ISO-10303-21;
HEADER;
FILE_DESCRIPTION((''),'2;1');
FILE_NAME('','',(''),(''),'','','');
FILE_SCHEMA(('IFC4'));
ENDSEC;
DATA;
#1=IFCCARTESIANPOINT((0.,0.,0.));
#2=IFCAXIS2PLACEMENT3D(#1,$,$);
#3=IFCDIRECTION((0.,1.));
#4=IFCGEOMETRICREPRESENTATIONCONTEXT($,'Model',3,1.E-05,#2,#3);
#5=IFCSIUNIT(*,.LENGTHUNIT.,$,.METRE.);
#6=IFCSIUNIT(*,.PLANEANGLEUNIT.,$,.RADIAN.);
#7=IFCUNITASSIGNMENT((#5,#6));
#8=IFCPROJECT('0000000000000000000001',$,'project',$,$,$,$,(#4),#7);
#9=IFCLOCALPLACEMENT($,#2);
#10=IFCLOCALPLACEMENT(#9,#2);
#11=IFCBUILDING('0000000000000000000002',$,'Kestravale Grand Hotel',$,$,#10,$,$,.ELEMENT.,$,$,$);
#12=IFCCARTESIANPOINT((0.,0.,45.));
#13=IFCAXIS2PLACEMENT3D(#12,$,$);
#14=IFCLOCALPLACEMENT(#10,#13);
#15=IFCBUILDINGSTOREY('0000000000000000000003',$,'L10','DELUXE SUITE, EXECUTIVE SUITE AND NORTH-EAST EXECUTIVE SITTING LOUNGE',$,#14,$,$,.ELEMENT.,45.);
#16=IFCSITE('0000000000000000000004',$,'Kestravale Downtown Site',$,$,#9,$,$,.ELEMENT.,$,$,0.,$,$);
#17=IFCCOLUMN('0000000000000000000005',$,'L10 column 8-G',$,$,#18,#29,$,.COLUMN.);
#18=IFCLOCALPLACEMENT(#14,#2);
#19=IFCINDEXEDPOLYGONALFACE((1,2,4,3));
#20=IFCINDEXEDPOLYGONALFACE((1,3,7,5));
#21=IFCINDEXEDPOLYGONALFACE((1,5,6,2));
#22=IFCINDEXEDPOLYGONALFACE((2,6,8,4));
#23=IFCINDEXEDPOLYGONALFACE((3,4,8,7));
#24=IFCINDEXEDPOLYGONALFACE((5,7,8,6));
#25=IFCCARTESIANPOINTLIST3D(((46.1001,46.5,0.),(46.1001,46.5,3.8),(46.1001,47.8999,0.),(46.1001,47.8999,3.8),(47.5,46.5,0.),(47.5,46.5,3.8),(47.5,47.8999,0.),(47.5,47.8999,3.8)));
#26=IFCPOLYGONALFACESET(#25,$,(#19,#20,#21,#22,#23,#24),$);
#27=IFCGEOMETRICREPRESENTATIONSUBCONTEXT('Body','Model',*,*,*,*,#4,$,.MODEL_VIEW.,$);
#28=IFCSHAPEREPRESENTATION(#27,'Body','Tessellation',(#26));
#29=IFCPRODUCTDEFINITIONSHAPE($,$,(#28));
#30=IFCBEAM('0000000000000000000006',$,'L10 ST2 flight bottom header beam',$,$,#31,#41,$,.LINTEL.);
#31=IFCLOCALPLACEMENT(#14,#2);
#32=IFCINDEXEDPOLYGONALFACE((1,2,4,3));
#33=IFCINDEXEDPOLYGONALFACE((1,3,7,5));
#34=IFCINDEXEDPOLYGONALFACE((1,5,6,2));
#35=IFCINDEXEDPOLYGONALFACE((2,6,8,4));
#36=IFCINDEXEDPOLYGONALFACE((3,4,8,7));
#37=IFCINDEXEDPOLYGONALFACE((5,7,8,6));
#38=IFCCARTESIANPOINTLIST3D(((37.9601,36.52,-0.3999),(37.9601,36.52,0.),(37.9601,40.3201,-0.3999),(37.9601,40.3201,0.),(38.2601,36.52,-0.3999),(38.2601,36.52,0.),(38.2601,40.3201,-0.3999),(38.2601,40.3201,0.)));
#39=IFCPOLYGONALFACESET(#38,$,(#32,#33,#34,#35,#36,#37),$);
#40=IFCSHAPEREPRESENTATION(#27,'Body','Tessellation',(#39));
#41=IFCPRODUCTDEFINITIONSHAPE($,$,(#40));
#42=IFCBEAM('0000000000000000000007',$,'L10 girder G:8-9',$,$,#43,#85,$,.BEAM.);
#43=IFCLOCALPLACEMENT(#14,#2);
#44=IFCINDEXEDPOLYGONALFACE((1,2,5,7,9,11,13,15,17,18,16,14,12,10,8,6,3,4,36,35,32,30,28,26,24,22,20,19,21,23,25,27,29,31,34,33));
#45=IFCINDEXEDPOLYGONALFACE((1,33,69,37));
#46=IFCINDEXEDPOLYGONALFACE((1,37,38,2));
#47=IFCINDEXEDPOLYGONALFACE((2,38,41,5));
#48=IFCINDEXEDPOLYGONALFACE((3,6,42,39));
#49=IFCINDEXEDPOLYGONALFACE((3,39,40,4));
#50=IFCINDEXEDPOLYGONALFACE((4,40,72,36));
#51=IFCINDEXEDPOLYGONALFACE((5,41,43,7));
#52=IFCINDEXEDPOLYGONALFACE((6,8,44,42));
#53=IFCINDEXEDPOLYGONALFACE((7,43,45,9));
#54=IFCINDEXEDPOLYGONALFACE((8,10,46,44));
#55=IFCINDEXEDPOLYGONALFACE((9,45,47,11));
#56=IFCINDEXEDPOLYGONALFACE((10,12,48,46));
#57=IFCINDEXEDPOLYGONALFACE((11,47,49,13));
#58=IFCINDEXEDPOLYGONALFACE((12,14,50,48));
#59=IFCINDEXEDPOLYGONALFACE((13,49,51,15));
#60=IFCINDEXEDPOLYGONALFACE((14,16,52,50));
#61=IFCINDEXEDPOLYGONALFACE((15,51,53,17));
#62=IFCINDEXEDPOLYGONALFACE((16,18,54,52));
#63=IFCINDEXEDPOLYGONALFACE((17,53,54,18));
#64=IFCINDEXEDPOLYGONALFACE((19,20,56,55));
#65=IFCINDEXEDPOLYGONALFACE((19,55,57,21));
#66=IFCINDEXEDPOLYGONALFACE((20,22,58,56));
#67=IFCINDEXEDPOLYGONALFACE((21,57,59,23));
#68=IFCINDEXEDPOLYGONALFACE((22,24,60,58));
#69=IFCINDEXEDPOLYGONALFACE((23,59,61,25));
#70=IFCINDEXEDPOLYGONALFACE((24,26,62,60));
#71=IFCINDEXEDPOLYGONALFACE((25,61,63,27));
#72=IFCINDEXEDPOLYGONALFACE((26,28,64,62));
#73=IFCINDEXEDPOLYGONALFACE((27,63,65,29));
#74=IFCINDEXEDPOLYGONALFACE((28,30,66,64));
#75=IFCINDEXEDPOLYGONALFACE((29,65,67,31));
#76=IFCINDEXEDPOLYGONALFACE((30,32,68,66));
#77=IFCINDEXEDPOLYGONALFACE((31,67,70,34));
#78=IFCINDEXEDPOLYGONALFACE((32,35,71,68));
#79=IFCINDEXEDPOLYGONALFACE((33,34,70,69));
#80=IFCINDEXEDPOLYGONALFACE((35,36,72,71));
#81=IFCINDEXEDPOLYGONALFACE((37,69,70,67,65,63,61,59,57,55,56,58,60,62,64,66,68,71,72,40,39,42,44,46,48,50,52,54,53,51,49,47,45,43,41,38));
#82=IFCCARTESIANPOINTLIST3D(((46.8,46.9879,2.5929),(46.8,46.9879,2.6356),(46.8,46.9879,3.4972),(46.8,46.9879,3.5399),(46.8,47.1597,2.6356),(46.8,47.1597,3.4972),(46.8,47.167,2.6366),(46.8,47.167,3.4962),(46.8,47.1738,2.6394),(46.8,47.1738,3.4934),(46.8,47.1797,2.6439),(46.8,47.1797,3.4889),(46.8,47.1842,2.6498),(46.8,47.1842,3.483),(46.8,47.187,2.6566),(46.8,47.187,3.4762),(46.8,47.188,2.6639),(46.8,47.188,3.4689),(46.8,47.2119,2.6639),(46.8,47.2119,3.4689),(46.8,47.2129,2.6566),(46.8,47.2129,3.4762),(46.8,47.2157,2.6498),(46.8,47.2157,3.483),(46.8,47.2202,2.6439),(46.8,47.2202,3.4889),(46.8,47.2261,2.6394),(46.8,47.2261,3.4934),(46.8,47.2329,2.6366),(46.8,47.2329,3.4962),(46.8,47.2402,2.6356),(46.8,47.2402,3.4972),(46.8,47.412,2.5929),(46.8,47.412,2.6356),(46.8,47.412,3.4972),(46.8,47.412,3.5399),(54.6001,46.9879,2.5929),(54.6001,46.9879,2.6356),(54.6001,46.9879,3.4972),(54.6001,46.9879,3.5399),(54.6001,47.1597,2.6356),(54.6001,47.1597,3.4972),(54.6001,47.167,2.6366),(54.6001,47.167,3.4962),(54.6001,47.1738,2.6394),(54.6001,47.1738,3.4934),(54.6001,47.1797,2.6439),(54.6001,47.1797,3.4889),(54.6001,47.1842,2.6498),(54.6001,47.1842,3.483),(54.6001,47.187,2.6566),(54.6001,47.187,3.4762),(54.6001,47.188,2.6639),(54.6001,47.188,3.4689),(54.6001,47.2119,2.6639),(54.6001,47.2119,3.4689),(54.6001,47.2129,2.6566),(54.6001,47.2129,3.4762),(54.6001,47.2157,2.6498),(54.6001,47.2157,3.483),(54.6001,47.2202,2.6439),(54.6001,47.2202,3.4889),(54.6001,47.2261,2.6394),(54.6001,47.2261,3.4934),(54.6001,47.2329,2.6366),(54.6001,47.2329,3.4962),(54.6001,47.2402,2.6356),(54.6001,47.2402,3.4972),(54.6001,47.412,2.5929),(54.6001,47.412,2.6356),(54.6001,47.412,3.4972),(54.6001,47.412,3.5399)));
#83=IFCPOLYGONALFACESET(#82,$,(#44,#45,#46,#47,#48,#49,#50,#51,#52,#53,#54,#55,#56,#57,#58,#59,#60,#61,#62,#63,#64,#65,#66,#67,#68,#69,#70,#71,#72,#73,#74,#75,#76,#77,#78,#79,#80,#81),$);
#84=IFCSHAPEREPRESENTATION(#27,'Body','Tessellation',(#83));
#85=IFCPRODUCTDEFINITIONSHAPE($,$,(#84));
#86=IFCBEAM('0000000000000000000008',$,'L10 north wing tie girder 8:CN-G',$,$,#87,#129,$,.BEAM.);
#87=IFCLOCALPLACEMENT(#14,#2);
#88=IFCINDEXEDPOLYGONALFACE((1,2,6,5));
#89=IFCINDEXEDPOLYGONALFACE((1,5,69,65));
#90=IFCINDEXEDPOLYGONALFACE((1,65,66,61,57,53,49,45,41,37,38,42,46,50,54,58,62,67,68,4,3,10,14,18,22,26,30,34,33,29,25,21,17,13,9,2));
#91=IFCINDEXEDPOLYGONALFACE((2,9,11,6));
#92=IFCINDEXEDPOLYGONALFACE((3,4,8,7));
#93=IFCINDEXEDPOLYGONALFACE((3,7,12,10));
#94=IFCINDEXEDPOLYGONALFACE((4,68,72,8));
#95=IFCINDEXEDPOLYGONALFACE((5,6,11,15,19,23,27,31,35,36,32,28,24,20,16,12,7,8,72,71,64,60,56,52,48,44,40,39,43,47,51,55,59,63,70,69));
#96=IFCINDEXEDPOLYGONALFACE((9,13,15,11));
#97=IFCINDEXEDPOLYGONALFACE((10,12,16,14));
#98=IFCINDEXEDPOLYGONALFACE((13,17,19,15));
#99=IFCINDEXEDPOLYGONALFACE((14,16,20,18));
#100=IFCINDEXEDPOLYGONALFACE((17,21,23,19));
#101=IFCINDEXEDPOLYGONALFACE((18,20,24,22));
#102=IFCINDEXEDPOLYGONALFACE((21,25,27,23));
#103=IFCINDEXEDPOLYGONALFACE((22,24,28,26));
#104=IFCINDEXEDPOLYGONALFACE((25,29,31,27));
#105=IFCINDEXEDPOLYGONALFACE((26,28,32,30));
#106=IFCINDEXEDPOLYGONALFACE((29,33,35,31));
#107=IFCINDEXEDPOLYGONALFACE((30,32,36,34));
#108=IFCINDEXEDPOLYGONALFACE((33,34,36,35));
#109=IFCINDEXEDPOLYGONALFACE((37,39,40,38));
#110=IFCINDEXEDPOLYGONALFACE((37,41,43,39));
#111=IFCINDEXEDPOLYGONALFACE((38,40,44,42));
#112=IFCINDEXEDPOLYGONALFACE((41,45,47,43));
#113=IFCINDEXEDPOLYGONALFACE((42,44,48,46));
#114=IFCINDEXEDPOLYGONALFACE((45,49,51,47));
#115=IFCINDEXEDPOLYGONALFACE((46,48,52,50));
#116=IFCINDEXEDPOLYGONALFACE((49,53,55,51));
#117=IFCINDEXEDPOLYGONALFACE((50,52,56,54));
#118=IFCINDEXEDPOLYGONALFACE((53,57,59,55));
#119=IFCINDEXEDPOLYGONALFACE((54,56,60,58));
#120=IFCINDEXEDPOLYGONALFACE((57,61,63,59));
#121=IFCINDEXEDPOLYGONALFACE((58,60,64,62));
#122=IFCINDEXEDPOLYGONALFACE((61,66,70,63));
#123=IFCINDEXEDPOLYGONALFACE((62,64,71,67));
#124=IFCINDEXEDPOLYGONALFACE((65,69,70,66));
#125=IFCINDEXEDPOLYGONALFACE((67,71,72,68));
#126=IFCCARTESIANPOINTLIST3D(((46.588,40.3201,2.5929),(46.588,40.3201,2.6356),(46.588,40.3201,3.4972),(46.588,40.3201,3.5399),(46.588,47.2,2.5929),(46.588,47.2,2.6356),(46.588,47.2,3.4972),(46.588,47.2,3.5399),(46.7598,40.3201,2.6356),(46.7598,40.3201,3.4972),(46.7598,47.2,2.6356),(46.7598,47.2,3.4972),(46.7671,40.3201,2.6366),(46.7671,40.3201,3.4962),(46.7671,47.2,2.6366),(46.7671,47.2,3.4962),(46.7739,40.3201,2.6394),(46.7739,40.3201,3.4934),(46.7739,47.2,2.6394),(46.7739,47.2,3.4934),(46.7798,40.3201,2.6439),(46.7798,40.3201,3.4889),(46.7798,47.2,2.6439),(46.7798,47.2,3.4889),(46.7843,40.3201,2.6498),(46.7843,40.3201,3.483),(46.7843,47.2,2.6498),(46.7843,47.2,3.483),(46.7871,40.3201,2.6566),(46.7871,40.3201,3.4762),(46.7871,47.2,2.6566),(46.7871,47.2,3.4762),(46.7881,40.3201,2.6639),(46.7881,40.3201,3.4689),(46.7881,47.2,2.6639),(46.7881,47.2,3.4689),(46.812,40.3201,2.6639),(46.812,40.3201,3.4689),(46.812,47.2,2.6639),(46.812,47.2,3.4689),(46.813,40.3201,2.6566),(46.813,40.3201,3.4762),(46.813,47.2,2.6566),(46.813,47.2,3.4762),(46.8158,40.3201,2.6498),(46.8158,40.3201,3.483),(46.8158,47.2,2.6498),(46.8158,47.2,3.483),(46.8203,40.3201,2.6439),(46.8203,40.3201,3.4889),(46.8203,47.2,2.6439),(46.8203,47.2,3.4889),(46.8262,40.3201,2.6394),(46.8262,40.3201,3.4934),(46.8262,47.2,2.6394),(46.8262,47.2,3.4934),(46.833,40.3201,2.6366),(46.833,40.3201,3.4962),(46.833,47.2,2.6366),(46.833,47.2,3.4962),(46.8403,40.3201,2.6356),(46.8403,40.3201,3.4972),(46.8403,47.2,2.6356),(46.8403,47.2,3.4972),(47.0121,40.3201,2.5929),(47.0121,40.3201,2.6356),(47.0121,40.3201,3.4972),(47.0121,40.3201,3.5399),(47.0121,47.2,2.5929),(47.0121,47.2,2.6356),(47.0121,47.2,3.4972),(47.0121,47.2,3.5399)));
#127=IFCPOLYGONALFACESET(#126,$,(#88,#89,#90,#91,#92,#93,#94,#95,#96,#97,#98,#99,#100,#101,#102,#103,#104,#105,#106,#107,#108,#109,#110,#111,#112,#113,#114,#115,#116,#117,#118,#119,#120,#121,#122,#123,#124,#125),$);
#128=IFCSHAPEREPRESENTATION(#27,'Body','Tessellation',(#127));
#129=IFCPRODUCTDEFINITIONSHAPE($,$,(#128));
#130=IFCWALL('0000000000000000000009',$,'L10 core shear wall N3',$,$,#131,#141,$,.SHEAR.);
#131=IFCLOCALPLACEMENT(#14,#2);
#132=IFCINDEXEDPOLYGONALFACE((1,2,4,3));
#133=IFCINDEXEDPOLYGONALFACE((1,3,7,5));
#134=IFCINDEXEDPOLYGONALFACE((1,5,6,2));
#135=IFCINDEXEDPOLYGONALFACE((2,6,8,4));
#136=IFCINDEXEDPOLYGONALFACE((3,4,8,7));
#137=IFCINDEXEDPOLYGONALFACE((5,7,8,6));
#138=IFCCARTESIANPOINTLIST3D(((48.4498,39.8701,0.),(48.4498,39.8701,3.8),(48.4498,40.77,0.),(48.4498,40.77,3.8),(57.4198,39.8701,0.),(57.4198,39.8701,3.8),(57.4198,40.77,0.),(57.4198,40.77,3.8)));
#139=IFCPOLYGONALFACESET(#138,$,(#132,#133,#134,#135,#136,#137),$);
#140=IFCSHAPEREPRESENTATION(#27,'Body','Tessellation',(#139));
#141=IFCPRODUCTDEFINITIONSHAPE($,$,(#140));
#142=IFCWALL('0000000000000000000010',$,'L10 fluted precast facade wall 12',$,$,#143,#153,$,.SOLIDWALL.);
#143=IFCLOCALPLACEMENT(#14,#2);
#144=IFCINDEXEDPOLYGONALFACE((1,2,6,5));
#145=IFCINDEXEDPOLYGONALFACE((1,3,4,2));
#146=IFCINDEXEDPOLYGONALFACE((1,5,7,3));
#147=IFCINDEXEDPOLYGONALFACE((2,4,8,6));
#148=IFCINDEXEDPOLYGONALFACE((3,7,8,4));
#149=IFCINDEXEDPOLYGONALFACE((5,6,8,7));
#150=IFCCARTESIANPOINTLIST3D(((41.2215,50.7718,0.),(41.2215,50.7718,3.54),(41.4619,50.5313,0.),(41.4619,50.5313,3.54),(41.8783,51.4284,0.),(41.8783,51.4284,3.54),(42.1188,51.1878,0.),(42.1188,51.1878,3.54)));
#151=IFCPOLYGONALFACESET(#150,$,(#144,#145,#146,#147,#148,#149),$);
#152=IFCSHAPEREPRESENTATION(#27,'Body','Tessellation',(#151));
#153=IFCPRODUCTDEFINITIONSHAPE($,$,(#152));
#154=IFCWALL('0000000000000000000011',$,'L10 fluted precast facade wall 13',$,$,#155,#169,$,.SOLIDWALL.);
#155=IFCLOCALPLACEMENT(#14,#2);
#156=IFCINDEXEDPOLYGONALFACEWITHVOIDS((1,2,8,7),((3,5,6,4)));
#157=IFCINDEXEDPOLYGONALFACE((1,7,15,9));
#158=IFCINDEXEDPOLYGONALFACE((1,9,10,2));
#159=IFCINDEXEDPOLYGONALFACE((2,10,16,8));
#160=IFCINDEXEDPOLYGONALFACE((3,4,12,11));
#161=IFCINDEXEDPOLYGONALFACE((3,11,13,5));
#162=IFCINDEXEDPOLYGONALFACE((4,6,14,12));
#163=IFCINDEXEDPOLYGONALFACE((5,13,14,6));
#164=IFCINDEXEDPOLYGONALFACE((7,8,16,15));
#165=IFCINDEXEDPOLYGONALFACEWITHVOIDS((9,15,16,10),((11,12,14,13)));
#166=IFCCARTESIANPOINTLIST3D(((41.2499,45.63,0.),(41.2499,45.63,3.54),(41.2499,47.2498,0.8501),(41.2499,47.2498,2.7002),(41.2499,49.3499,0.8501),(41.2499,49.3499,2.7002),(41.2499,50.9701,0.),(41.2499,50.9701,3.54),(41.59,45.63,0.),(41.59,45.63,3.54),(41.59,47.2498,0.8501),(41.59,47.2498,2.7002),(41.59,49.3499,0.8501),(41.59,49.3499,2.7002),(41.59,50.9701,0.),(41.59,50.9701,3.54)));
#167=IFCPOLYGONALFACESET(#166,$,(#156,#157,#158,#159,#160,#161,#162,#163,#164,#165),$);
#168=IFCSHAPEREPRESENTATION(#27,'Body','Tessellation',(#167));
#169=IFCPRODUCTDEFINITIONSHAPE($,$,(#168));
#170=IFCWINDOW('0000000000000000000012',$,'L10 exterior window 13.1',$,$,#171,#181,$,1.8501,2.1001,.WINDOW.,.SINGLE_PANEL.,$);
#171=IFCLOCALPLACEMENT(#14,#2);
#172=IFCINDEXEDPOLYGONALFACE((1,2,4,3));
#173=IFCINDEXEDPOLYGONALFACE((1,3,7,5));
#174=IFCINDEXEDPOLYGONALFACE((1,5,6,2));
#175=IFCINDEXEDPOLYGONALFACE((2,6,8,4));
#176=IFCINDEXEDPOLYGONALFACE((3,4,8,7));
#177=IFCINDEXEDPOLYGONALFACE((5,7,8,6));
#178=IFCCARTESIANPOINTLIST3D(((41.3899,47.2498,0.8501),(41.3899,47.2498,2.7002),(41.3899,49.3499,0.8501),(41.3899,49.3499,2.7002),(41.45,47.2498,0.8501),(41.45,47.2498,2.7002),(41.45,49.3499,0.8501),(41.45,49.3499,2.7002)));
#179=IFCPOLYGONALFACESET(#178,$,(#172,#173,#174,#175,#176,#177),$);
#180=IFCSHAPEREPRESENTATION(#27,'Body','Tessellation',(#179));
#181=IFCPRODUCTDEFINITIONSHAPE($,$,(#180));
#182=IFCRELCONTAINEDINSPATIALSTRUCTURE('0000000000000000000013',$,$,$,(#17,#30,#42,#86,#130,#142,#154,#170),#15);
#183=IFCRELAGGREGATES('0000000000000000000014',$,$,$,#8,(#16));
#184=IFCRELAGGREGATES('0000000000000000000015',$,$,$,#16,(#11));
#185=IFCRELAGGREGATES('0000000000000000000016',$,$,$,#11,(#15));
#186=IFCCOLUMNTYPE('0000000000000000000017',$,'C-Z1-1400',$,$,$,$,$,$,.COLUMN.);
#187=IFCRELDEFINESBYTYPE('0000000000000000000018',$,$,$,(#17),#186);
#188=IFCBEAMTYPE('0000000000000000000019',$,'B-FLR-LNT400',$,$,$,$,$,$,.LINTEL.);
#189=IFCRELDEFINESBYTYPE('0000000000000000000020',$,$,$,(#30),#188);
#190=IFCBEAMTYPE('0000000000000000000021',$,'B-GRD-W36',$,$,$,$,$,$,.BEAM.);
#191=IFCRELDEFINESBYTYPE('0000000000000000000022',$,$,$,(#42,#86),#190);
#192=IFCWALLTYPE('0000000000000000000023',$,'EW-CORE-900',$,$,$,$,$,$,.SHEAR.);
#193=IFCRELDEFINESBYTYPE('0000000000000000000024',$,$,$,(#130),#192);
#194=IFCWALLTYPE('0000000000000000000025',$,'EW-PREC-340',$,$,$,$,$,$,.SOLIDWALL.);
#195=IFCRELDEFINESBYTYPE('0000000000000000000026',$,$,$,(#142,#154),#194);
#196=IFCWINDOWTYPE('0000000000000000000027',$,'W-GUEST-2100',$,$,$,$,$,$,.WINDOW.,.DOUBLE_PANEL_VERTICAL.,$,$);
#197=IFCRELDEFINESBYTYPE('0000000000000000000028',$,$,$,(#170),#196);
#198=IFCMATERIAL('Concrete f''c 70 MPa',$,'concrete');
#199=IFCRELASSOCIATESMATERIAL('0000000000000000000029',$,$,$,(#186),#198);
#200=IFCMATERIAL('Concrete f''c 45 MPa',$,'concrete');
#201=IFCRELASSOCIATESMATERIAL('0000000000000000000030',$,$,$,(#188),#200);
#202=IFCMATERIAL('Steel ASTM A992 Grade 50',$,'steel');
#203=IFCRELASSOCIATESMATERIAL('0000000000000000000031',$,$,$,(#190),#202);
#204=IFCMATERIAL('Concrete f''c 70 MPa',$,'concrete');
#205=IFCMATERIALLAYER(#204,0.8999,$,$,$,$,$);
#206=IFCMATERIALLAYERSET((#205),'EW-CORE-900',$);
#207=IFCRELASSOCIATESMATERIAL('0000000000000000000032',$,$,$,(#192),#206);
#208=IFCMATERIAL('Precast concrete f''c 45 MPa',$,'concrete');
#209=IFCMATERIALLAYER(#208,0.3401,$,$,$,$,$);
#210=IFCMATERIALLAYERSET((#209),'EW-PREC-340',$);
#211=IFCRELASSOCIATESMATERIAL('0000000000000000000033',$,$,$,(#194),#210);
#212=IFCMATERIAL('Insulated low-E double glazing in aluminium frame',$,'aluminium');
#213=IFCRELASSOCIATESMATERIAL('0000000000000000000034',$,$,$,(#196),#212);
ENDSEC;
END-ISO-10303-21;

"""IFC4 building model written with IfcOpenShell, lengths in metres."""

from ifc_helpers import new_model, si_unit, direction, frame, frame_2d, origin, origin_2d, place, context, subcontext, project, spatial, rectangle, i_section, extrude, material, layer, layer_set, material_profile, profile_set, type_object, element, fill, save


model = new_model("IFC4")

# Units and contexts
model_context = context("Model", 3, precision=1e-05, world=origin(), true_north=direction((0.0, 1.0)))
body_context = subcontext(model_context, "Body", "Model", "MODEL_VIEW")
ifc_project = project(units=[si_unit("LENGTHUNIT", "METRE"), si_unit("PLANEANGLEUNIT", "RADIAN")], contexts=[model_context])

# Site, building, storey
site_placement = place(None, origin())
site = spatial("IfcSite", under=ifc_project, at=site_placement, Name="Kestravale Downtown Site", CompositionType="ELEMENT", RefElevation=0.0)
building_placement = place(site_placement, origin())
building = spatial("IfcBuilding", under=site, at=building_placement, Name="Kestravale Grand Hotel", CompositionType="ELEMENT")
storey_placement = place(building_placement, frame((0.0, 0.0, 45.0)))
storey = spatial("IfcBuildingStorey", under=building, at=storey_placement, Name="L10", Description="DELUXE SUITE, EXECUTIVE SUITE AND NORTH-EAST EXECUTIVE SITTING LOUNGE", CompositionType="ELEMENT", Elevation=45.0)

# Column
ifc_material_1 = material(Name="Concrete f'c 70 MPa", Category="concrete")
ifc_material_profile_1 = material_profile(ifc_material_1, rectangle(XDim=1.3999, YDim=1.3999, at=origin_2d()))
ifc_profile_set_1 = profile_set([ifc_material_profile_1], Name="Concrete f'c 70 MPa")
column_type = type_object("IfcColumnType", Name="C-Z1-1400", PredefinedType="COLUMN", material=ifc_profile_set_1)
column_placement = place(storey_placement, frame((46.8, 47.2, 0.0), z_axis=(0.0, 0.0, 1.0), x_axis=(1.0, 0.0, 0.0)))
element("IfcColumn", 1, at=column_placement, inside=storey, type_object=column_type, Name="L10 column 8-G", PredefinedType="COLUMN", context=body_context, shape_type="SweptSolid", body=[
    extrude(rectangle(XDim=1.3999, YDim=1.3999, at=origin_2d()), origin(), (0.0, 0.0, 1.0), 3.8),
])

# Beams
ifc_material_2 = material(Name="Concrete f'c 45 MPa", Category="concrete")
ifc_material_profile_2 = material_profile(ifc_material_2, rectangle(XDim=0.3, YDim=0.3999, at=origin_2d()))
ifc_profile_set_2 = profile_set([ifc_material_profile_2], Name="Concrete f'c 45 MPa")
beam_type_1 = type_object("IfcBeamType", Name="B-FLR-LNT400", PredefinedType="LINTEL", material=ifc_profile_set_2)
beam_1_placement = place(storey_placement, frame((38.1101, 36.52, -0.2), z_axis=(0.0, 1.0, 0.0), x_axis=(-1.0, 0.0, 0.0)))
element("IfcBeam", 2, at=beam_1_placement, inside=storey, type_object=beam_type_1, Name="L10 ST2 flight bottom header beam", PredefinedType="LINTEL", context=body_context, shape_type="SweptSolid", body=[
    extrude(rectangle(XDim=0.3, YDim=0.3999, at=origin_2d()), origin(), (0.0, 0.0, 1.0), 3.8),
])
ifc_material_3 = material(Name="Steel ASTM A992 Grade 50", Category="steel")
ifc_material_profile_3 = material_profile(ifc_material_3, i_section(OverallWidth=0.4241, OverallDepth=0.947, WebThickness=0.0239, FlangeThickness=0.0427, FilletRadius=0.0283, at=origin_2d()))
ifc_profile_set_3 = profile_set([ifc_material_profile_3], Name="Steel ASTM A992 Grade 50")
beam_type_2 = type_object("IfcBeamType", Name="B-GRD-W36", PredefinedType="BEAM", material=ifc_profile_set_3)
beam_2_placement = place(storey_placement, frame((46.8, 47.2, 3.0664), z_axis=(1.0, 0.0, 0.0), x_axis=(0.0, 1.0, 0.0)))
element("IfcBeam", 3, at=beam_2_placement, inside=storey, type_object=beam_type_2, Name="L10 girder G:8-9", PredefinedType="BEAM", context=body_context, shape_type="SweptSolid", body=[
    extrude(i_section(OverallWidth=0.4241, OverallDepth=0.947, WebThickness=0.0239, FlangeThickness=0.0427, FilletRadius=0.0283, at=origin_2d()), origin(), (0.0, 0.0, 1.0), 7.8),
])
beam_3_placement = place(storey_placement, frame((46.8, 40.3201, 3.0664), z_axis=(0.0, 1.0, 0.0), x_axis=(-1.0, 0.0, 0.0)))
element("IfcBeam", 4, at=beam_3_placement, inside=storey, type_object=beam_type_2, Name="L10 north wing tie girder 8:CN-G", PredefinedType="BEAM", context=body_context, shape_type="SweptSolid", body=[
    extrude(i_section(OverallWidth=0.4241, OverallDepth=0.947, WebThickness=0.0239, FlangeThickness=0.0427, FilletRadius=0.0283, at=origin_2d()), origin(), (0.0, 0.0, 1.0), 6.8799),
])

# Walls
ifc_material_4 = material(Name="Concrete f'c 70 MPa", Category="concrete")
ifc_layer_1 = layer(ifc_material_4, 0.8999)
ifc_layer_set_1 = layer_set([ifc_layer_1], Name="EW-CORE-900")
wall_type_1 = type_object("IfcWallType", Name="EW-CORE-900", PredefinedType="SHEAR", material=ifc_layer_set_1)
wall_1_placement = place(storey_placement, frame((48.45, 40.3201, 0.0), z_axis=(0.0, 0.0, 1.0), x_axis=(1.0, 0.0, 0.0)))
element("IfcWall", 5, at=wall_1_placement, inside=storey, type_object=wall_type_1, Name="L10 core shear wall N3", PredefinedType="SHEAR", context=body_context, shape_type="SweptSolid", body=[
    extrude(rectangle(XDim=8.97, YDim=0.8999, at=frame_2d((4.4849, 0.0))), origin(), (0.0, 0.0, 1.0), 3.8),
])
ifc_material_5 = material(Name="Precast concrete f'c 45 MPa", Category="concrete")
ifc_layer_2 = layer(ifc_material_5, 0.3401)
ifc_layer_set_2 = layer_set([ifc_layer_2], Name="EW-PREC-340")
wall_type_2 = type_object("IfcWallType", Name="EW-PREC-340", PredefinedType="SOLIDWALL", material=ifc_layer_set_2)
wall_2_placement = place(storey_placement, frame((41.9985, 51.3081, 0.0), z_axis=(0.0, 0.0, 1.0), x_axis=(-0.707238, -0.706975, 0.0)))
element("IfcWall", 6, at=wall_2_placement, inside=storey, type_object=wall_type_2, Name="L10 fluted precast facade wall 12", PredefinedType="SOLIDWALL", context=body_context, shape_type="SweptSolid", body=[
    extrude(rectangle(XDim=0.9287, YDim=0.3401, at=frame_2d((0.4644, 0.0))), origin(), (0.0, 0.0, 1.0), 3.54),
])

# Wall, opening, window
wall_3_placement = place(storey_placement, frame((41.4199, 50.97, 0.0), z_axis=(0.0, 0.0, 1.0), x_axis=(0.0, -1.0, 0.0)))
wall_3 = element("IfcWall", 7, at=wall_3_placement, inside=storey, type_object=wall_type_2, Name="L10 fluted precast facade wall 13", PredefinedType="SOLIDWALL", context=body_context, shape_type="SweptSolid", body=[
    extrude(rectangle(XDim=5.3401, YDim=0.3401, at=frame_2d((2.6699, 0.0))), origin(), (0.0, 0.0, 1.0), 3.54),
])
opening_1_placement = place(wall_3_placement, frame((1.6201, 0.0, 0.8501)))
opening_1 = element("IfcOpeningElement", 8, at=opening_1_placement, cuts=wall_3, PredefinedType="OPENING", context=body_context, shape_type="SweptSolid", body=[
    extrude(rectangle(XDim=2.1001, YDim=1.8501, at=frame_2d((1.05, 0.925))), frame((0.0, 0.1799, 0.0), z_axis=(0.0, -1.0, 0.0), x_axis=(1.0, 0.0, 0.0)), (0.0, 0.0, 1.0), 0.3601),
])
ifc_material_6 = material(Name="Insulated low-E double glazing in aluminium frame", Category="aluminium")
window_type = type_object("IfcWindowType", Name="W-GUEST-2100", PartitioningType="DOUBLE_PANEL_VERTICAL", PredefinedType="WINDOW", material=ifc_material_6)
window_1_placement = place(opening_1_placement, origin())
window_1 = element("IfcWindow", 9, at=window_1_placement, inside=storey, type_object=window_type, Name="L10 exterior window 13.1", OverallHeight=1.8501, OverallWidth=2.1001, PartitioningType="SINGLE_PANEL", PredefinedType="WINDOW", context=body_context, shape_type="SweptSolid", body=[
    extrude(rectangle(XDim=2.1001, YDim=1.8501, at=frame_2d((1.05, 0.925))), frame((0.0, 0.03, 0.0), z_axis=(0.0, -1.0, 0.0), x_axis=(1.0, 0.0, 0.0)), (0.0, 0.0, 1.0), 0.0601),
])
fill(opening_1, window_1)

save(model, "model.ifc")
